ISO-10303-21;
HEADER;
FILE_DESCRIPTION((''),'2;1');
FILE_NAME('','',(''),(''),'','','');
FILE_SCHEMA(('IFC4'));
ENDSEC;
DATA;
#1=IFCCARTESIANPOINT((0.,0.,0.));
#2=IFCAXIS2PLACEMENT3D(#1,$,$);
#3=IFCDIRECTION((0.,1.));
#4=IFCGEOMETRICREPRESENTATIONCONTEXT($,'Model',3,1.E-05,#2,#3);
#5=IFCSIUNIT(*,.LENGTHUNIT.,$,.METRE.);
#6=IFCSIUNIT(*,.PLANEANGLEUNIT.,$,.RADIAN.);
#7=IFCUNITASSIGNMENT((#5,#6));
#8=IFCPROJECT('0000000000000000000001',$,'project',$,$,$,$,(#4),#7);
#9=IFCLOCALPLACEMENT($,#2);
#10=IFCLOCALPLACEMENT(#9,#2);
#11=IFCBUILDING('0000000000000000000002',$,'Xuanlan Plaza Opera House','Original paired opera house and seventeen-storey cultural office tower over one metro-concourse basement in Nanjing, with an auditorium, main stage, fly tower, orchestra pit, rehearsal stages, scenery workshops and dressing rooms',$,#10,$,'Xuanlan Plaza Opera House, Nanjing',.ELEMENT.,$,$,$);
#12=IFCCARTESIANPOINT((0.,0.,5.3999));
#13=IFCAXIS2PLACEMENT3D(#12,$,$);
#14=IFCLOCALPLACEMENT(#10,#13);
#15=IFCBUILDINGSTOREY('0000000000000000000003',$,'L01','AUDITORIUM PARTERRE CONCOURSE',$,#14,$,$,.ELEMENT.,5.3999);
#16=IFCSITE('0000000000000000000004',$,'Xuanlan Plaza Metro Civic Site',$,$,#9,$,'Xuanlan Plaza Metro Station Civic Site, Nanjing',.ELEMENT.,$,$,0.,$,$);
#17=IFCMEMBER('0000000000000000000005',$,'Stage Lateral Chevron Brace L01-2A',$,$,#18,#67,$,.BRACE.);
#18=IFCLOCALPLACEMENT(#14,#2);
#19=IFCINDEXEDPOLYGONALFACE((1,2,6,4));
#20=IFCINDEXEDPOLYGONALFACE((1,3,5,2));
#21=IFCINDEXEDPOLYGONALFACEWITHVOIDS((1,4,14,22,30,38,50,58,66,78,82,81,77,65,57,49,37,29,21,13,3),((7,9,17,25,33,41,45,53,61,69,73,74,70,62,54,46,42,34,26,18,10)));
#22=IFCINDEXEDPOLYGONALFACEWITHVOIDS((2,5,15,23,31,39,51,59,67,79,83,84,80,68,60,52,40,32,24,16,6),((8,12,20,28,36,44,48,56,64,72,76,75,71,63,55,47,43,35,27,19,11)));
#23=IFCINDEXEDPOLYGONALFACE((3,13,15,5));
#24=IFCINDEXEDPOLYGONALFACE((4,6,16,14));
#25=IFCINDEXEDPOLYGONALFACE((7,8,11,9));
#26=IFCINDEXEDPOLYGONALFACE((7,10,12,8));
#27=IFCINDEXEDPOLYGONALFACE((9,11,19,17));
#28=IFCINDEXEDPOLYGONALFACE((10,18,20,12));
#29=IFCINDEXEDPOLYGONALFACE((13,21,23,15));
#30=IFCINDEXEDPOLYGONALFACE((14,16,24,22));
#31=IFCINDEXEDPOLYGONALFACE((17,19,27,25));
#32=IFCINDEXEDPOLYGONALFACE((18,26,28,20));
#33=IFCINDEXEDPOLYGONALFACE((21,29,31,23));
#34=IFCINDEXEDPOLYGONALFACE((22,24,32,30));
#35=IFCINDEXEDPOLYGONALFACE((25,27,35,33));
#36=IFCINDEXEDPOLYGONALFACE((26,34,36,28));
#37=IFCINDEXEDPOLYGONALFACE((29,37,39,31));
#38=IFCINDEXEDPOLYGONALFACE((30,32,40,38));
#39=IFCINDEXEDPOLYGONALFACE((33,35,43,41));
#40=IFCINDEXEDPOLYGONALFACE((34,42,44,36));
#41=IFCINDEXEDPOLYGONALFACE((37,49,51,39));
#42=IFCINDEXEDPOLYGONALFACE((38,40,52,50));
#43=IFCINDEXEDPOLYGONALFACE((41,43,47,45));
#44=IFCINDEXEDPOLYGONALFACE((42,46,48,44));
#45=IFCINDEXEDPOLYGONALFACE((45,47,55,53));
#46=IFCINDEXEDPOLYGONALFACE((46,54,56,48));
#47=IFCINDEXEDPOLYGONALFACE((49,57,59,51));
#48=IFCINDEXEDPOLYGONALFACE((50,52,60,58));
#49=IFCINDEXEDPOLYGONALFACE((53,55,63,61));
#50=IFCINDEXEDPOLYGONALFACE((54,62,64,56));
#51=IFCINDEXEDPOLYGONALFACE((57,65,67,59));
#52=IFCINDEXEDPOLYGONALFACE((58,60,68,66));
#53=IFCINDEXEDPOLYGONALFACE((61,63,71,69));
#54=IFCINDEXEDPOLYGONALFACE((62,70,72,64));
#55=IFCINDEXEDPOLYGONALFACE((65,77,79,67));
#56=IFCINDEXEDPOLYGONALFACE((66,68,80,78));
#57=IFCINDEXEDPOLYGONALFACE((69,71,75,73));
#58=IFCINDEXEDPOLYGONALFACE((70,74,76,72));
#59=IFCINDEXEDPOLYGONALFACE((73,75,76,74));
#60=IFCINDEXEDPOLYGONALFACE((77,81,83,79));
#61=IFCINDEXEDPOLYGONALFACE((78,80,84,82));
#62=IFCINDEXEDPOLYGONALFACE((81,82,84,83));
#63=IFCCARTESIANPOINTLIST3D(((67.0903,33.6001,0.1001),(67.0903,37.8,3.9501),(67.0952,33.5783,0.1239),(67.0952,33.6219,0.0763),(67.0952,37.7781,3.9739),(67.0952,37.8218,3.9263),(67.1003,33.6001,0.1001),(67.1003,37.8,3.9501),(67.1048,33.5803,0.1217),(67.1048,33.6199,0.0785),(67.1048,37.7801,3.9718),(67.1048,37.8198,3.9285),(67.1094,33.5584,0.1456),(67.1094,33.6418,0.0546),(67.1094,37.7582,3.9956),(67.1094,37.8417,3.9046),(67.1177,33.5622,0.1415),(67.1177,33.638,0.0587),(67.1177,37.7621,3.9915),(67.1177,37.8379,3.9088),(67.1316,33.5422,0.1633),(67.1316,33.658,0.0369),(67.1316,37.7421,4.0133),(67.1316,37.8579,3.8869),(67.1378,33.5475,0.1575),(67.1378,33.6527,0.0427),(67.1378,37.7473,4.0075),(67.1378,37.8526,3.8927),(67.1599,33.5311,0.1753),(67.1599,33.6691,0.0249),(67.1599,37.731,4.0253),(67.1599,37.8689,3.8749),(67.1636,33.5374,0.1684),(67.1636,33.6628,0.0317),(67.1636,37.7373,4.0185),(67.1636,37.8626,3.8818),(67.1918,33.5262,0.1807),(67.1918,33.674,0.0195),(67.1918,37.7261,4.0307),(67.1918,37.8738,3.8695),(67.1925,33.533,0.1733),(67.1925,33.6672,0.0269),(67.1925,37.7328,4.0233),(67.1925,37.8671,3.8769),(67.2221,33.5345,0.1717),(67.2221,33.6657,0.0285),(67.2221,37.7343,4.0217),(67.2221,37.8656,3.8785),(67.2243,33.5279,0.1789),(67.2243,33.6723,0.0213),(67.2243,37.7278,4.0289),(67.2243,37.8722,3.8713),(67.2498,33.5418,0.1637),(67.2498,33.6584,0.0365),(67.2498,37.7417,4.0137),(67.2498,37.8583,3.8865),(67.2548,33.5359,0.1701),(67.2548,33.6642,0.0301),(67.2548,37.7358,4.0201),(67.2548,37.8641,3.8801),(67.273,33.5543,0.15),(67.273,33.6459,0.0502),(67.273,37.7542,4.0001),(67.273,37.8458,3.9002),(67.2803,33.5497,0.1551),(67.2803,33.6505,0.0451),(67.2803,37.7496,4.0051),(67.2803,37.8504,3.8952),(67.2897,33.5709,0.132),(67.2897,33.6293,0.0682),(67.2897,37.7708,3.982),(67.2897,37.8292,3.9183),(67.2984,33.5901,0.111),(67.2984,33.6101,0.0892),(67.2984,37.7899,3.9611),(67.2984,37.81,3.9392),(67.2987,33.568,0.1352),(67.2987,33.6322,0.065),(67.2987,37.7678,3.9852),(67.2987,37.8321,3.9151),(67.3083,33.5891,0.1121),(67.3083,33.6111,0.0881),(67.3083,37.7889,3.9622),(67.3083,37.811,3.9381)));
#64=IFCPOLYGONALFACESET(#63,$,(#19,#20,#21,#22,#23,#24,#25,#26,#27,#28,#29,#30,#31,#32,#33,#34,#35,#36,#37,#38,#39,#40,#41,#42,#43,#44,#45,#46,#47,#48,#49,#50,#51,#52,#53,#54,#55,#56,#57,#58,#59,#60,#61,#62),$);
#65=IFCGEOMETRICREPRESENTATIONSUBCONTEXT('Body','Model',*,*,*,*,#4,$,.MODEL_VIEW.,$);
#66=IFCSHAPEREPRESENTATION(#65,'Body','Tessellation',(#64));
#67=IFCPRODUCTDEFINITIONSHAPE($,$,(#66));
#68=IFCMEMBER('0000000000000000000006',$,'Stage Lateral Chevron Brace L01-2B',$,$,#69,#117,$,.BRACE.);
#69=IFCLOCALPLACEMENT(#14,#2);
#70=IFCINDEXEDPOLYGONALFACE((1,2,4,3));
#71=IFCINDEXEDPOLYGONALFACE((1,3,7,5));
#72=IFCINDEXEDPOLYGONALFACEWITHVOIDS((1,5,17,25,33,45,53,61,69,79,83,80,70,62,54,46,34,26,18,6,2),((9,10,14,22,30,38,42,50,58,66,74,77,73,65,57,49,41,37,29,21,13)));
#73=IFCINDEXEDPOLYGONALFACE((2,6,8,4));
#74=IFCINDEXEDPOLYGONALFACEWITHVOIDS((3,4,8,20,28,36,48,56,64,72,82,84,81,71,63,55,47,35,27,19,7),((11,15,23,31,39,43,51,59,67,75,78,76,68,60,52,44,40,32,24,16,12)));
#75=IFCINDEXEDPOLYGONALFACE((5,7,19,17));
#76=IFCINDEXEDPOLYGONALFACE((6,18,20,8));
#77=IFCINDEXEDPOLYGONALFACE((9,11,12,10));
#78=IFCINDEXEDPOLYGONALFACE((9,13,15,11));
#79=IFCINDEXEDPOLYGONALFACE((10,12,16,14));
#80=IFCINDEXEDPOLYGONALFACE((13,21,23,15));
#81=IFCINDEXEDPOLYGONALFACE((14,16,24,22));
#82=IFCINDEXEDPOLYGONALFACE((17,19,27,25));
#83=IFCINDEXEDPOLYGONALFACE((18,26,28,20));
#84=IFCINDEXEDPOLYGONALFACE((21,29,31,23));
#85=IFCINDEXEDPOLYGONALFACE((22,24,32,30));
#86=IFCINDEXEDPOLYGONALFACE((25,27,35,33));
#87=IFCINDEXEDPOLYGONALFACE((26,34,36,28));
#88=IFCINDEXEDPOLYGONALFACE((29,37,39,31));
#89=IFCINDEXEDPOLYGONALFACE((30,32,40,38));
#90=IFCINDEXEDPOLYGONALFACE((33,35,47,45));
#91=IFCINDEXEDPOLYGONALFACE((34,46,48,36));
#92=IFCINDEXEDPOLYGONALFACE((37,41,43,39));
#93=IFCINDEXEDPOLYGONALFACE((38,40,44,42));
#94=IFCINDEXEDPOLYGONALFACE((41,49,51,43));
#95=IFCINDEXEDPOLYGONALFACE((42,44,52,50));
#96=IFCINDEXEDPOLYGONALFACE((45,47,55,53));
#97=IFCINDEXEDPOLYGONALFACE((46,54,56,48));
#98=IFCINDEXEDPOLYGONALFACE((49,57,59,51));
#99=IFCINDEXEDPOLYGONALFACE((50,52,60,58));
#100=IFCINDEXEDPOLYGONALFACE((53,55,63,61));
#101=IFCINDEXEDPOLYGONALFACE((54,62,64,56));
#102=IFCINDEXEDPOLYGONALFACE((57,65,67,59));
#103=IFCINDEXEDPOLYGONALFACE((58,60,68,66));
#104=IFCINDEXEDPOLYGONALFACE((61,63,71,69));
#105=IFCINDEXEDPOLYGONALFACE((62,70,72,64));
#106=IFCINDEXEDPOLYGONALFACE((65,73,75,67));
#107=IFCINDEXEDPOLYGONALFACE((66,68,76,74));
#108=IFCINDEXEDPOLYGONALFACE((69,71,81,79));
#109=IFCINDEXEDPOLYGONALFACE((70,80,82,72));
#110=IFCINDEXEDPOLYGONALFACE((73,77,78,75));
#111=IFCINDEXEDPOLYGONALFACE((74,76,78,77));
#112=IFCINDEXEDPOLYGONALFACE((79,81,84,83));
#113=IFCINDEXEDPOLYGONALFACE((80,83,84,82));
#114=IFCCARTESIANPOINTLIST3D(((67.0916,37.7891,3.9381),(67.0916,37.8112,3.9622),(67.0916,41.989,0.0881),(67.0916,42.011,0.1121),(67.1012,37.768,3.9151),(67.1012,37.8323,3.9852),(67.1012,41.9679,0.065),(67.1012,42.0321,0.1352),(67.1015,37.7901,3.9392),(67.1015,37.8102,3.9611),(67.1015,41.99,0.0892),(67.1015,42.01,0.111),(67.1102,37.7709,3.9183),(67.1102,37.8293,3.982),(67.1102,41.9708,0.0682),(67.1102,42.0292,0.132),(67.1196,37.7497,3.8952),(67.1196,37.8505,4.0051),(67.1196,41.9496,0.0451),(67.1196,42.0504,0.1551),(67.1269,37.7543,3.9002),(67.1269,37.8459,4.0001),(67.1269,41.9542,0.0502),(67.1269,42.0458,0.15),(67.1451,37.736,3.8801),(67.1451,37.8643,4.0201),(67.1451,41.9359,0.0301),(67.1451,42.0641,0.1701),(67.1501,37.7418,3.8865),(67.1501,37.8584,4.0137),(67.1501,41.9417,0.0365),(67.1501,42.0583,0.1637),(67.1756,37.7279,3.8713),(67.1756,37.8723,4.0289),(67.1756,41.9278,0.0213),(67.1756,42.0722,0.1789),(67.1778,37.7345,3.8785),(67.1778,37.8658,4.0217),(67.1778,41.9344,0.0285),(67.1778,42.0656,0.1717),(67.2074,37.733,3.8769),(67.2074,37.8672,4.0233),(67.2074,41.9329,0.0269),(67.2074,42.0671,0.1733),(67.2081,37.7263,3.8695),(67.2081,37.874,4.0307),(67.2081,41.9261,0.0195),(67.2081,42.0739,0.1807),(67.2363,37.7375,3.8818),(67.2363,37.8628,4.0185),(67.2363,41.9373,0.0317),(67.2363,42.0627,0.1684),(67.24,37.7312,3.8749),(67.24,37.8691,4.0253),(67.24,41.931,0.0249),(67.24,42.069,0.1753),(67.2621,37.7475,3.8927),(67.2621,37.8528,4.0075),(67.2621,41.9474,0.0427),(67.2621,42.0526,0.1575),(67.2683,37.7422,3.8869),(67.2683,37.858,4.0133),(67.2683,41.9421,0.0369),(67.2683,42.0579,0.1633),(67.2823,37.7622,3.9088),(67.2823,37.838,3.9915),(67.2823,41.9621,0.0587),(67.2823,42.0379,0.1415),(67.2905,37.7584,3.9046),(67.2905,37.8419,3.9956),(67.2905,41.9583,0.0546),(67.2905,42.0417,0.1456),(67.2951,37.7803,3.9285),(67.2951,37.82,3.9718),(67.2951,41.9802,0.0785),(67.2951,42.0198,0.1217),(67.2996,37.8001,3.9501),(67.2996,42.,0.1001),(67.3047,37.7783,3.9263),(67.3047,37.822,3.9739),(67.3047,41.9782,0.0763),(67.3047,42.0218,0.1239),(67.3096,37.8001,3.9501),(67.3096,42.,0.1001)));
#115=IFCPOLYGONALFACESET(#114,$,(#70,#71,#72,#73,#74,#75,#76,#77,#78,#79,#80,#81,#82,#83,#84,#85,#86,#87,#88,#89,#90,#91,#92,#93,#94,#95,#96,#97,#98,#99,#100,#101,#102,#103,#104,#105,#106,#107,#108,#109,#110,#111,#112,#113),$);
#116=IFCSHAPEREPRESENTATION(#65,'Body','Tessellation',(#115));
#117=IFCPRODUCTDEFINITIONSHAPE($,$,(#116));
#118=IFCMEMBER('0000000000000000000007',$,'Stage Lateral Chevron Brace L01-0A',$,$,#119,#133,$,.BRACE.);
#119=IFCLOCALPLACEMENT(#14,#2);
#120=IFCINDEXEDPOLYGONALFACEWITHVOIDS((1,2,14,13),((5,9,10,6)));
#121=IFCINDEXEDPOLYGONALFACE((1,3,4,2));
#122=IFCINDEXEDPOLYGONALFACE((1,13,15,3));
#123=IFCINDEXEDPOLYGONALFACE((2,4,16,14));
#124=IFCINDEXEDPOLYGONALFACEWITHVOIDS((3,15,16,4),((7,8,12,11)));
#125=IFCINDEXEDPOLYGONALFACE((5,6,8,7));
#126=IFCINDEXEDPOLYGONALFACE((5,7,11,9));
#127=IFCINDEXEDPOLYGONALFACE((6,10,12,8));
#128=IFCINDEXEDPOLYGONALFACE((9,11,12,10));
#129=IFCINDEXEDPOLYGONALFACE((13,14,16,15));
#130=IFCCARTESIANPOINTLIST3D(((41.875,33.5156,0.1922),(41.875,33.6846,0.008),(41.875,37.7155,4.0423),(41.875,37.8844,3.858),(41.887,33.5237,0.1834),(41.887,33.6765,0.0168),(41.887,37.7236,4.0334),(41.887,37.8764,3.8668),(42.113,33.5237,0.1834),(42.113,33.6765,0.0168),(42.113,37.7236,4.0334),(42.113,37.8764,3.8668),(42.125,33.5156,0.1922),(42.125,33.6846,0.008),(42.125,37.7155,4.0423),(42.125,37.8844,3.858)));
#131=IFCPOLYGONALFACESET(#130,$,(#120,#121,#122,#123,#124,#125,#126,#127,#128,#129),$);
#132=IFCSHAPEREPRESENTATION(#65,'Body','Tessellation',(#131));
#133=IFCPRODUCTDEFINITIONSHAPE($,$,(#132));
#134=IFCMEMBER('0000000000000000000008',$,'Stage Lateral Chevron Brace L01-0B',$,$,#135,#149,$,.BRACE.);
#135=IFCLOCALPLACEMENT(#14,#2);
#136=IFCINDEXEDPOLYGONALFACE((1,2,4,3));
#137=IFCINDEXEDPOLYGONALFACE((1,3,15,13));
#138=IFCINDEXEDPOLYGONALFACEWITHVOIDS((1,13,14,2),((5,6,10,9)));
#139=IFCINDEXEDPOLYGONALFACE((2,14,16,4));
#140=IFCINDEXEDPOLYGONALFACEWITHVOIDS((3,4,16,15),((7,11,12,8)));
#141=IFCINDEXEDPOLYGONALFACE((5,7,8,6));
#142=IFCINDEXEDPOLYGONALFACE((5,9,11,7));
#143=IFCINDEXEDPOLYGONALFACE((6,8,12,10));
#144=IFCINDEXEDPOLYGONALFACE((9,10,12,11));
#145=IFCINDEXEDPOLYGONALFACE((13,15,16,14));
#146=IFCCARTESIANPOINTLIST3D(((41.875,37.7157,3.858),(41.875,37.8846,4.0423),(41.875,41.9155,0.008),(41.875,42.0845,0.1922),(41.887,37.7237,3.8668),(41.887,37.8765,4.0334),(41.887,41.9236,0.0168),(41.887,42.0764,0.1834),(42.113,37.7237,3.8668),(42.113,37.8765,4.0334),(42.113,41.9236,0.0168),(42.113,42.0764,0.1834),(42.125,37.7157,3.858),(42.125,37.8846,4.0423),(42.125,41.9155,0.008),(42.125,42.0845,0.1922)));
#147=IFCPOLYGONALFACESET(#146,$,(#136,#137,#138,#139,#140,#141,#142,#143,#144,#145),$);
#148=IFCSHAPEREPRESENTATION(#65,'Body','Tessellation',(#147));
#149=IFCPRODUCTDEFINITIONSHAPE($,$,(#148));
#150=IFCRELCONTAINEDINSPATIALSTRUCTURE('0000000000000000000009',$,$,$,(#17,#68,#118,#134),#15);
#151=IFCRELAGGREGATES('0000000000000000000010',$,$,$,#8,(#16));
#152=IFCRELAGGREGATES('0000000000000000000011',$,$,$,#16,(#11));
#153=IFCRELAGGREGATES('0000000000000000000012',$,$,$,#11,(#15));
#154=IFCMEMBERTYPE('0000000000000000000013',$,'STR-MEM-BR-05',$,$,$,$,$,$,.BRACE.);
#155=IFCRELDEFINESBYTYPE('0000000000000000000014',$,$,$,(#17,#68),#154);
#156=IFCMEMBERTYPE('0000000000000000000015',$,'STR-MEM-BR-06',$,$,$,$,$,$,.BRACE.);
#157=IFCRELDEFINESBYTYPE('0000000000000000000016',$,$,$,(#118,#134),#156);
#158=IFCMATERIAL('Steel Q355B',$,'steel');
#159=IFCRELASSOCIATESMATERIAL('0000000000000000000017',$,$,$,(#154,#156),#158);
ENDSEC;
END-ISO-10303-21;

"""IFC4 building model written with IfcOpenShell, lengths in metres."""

from ifc_helpers import new_model, si_unit, direction, frame, origin, origin_2d, place, context, subcontext, project, spatial, hollow_rectangle, hollow_circle, extrude, material, material_profile, profile_set, type_object, element, save


model = new_model("IFC4")

# Units and contexts
model_context = context("Model", 3, precision=1e-05, world=origin(), true_north=direction((0.0, 1.0)))
body_context = subcontext(model_context, "Body", "Model", "MODEL_VIEW")
ifc_project = project(units=[si_unit("LENGTHUNIT", "METRE"), si_unit("PLANEANGLEUNIT", "RADIAN")], contexts=[model_context])

# Site, building, storey
site_placement = place(None, origin())
site = spatial("IfcSite", under=ifc_project, at=site_placement, Name="Xuanlan Plaza Metro Civic Site", LongName="Xuanlan Plaza Metro Station Civic Site, Nanjing", CompositionType="ELEMENT", RefElevation=0.0)
building_placement = place(site_placement, origin())
building = spatial("IfcBuilding", under=site, at=building_placement, Name="Xuanlan Plaza Opera House", Description="Original paired opera house and seventeen-storey cultural office tower over one metro-concourse basement in Nanjing, with an auditorium, main stage, fly tower, orchestra pit, rehearsal stages, scenery workshops and dressing rooms", LongName="Xuanlan Plaza Opera House, Nanjing", CompositionType="ELEMENT")
storey_placement = place(building_placement, frame((0.0, 0.0, 5.3999)))
storey = spatial("IfcBuildingStorey", under=building, at=storey_placement, Name="L01", Description="AUDITORIUM PARTERRE CONCOURSE", CompositionType="ELEMENT", Elevation=5.3999)

# Shared definitions
ifc_material_1 = material(Name="Steel Q355B", Category="steel")

# Members
ifc_material_profile_1 = material_profile(ifc_material_1, hollow_circle(Radius=0.1096, WallThickness=0.01, at=origin_2d()), Name="CHS 219.1x10")
ifc_profile_set_1 = profile_set([ifc_material_profile_1], Name="Steel Q355B")
member_type_1 = type_object("IfcMemberType", Name="STR-MEM-BR-05", PredefinedType="BRACE", material=ifc_profile_set_1)
for number, where, z_axis, x_axis, name in (
    (1, (67.2, 33.6001, 0.1001), (0.0, 0.737142, 0.675738), (-1.0, 0.0, 0.0), "Stage Lateral Chevron Brace L01-2A"),
    (2, (67.2, 42.0, 0.1001), (0.0, -0.737142, 0.675738), (1.0, 0.0, 0.0), "Stage Lateral Chevron Brace L01-2B"),
):
    element("IfcMember", number, at=place(storey_placement, frame(where, z_axis=z_axis, x_axis=x_axis)), inside=storey, type_object=member_type_1, Name=name, PredefinedType="BRACE", context=body_context, shape_type="SweptSolid", body=[
        extrude(hollow_circle(Radius=0.1096, WallThickness=0.01, at=origin_2d()), origin(), (0.0, 0.0, 1.0), 5.6975),
    ])
ifc_material_profile_2 = material_profile(ifc_material_1, hollow_rectangle(XDim=0.25, YDim=0.25, WallThickness=0.012, at=origin_2d()), Name="SHS 250x250x12")
ifc_profile_set_2 = profile_set([ifc_material_profile_2], Name="Steel Q355B")
member_type_2 = type_object("IfcMemberType", Name="STR-MEM-BR-06", PredefinedType="BRACE", material=ifc_profile_set_2)
for number, where, z_axis, x_axis, name in (
    (3, (42.0, 33.6001, 0.1001), (0.0, 0.737142, 0.675738), (-1.0, 0.0, 0.0), "Stage Lateral Chevron Brace L01-0A"),
    (4, (42.0, 42.0, 0.1001), (0.0, -0.737142, 0.675738), (1.0, 0.0, 0.0), "Stage Lateral Chevron Brace L01-0B"),
):
    element("IfcMember", number, at=place(storey_placement, frame(where, z_axis=z_axis, x_axis=x_axis)), inside=storey, type_object=member_type_2, Name=name, PredefinedType="BRACE", context=body_context, shape_type="SweptSolid", body=[
        extrude(hollow_rectangle(XDim=0.25, YDim=0.25, WallThickness=0.012, at=origin_2d()), origin(), (0.0, 0.0, 1.0), 5.6975),
    ])

save(model, "model.ifc")
